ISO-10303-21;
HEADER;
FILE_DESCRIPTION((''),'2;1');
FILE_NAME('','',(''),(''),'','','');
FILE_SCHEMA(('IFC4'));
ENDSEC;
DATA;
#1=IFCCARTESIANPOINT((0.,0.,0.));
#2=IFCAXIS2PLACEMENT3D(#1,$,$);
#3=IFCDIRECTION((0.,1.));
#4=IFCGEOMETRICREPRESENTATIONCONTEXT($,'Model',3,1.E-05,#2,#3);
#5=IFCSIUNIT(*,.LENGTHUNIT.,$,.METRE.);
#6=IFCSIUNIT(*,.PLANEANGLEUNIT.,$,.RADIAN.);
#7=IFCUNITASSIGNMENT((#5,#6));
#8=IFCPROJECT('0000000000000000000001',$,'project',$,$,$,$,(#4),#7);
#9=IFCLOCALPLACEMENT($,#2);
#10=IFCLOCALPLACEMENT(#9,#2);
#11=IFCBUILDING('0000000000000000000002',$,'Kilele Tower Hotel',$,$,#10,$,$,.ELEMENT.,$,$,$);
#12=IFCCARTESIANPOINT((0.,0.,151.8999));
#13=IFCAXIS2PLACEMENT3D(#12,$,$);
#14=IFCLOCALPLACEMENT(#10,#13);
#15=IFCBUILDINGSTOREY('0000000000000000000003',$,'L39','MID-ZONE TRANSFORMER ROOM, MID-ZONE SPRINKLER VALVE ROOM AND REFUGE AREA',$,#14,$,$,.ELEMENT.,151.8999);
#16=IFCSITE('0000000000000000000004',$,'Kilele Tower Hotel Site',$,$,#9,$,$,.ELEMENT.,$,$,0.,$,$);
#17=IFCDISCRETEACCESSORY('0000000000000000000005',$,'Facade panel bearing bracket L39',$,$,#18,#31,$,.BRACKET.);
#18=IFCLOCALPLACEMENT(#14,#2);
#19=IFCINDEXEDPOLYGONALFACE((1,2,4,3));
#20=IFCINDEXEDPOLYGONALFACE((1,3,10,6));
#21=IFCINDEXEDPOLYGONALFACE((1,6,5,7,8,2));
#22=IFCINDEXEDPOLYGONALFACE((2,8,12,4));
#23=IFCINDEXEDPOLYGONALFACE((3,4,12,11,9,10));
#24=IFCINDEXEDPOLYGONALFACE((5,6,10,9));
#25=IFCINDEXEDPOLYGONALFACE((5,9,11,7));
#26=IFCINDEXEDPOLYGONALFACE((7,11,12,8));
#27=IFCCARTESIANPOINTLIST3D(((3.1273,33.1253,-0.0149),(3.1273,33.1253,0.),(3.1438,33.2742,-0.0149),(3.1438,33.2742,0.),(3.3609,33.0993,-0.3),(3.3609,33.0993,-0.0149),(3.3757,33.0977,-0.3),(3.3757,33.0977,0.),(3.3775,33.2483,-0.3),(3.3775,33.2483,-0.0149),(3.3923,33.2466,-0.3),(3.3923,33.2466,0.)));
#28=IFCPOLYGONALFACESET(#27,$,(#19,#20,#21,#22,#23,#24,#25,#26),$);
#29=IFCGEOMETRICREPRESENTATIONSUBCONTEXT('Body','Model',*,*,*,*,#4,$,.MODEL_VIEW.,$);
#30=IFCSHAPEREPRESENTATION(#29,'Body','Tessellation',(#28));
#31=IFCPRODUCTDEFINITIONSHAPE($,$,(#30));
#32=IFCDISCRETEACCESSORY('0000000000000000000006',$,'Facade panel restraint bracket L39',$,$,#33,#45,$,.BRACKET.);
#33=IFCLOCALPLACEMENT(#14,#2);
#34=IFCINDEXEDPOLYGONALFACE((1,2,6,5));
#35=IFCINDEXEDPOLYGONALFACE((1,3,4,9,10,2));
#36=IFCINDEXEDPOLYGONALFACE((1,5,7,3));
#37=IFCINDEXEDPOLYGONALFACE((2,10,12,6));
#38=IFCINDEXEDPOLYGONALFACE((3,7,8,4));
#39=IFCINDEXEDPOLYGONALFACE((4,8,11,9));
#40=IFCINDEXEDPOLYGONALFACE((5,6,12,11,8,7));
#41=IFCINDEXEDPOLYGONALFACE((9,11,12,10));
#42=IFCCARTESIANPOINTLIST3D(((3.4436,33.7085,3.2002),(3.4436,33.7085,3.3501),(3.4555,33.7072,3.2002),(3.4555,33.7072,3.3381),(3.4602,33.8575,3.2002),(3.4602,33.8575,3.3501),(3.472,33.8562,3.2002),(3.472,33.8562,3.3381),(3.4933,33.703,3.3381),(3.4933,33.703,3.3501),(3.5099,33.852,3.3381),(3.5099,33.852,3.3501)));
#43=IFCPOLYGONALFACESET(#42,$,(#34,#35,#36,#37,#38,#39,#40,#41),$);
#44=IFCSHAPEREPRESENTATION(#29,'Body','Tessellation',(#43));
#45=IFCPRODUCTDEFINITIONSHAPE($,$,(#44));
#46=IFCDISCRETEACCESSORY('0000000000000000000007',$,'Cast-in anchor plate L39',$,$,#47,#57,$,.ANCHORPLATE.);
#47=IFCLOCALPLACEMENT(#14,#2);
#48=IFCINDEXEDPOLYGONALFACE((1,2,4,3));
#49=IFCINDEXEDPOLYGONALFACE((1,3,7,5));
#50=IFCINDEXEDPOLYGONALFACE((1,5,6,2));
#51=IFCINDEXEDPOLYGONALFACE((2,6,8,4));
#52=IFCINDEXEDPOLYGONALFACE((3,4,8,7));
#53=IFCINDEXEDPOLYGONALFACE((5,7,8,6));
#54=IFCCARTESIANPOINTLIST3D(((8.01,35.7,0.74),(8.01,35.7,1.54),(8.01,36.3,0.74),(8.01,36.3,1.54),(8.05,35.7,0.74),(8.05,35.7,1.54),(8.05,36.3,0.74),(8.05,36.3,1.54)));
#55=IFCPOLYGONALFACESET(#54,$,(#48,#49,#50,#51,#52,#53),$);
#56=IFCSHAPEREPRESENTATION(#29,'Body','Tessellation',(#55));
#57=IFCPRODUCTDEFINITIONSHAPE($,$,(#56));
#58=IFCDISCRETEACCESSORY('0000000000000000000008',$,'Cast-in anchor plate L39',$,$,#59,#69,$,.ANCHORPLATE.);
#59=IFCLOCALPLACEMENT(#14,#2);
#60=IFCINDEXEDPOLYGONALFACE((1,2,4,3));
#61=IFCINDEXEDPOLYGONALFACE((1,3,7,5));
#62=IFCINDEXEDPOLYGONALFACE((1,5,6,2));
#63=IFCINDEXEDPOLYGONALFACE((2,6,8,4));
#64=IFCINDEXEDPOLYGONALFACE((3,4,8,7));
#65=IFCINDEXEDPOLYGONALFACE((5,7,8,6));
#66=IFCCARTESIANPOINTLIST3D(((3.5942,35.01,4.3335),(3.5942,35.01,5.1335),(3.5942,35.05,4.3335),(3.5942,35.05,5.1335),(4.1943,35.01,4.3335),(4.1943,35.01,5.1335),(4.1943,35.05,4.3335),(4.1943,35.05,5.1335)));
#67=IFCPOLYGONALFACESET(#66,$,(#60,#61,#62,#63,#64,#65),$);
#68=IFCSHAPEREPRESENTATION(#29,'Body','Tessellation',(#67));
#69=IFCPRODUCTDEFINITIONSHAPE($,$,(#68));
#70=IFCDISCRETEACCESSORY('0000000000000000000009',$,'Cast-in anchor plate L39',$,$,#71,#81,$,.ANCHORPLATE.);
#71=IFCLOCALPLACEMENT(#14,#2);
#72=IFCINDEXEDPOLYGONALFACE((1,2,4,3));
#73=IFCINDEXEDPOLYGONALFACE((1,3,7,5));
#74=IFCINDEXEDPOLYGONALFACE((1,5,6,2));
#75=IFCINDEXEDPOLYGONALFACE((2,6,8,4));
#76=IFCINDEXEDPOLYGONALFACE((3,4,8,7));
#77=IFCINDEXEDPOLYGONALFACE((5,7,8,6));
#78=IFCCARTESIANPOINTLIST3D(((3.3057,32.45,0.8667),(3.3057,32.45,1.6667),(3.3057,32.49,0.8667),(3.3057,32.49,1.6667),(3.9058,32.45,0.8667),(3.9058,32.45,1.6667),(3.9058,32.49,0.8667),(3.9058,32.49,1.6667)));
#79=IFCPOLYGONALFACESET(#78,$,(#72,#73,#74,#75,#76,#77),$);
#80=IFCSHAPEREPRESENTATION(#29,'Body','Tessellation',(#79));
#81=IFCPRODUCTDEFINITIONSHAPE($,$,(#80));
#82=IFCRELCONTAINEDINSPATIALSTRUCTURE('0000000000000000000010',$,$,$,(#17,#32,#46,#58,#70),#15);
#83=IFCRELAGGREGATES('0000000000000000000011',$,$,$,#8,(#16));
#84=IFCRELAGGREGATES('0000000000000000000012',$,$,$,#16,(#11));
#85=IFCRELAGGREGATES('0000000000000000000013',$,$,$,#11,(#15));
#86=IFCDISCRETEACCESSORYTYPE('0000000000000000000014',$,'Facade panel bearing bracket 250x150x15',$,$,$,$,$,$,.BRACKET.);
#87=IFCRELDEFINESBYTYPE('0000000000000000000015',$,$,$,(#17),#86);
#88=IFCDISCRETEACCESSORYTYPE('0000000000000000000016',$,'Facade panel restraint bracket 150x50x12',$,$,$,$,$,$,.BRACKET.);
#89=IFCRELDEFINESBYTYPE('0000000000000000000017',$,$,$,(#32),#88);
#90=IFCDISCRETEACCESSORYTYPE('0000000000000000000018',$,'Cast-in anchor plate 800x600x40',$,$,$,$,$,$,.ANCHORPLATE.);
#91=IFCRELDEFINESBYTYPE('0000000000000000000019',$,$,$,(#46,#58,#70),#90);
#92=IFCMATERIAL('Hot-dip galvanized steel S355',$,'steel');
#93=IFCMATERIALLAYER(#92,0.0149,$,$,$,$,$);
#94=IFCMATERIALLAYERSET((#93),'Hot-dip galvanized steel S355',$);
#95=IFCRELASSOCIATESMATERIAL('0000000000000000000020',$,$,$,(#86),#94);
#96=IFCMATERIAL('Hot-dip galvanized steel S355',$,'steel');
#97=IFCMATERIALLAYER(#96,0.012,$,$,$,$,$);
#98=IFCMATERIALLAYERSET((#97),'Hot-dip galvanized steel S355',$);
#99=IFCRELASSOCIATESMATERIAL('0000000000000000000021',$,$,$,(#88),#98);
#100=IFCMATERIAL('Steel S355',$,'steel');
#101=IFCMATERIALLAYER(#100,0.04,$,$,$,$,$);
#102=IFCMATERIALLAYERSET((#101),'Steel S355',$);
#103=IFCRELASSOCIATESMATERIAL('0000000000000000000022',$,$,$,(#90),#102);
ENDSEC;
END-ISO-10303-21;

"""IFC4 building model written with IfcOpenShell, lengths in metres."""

from ifc_helpers import new_model, si_unit, direction, frame, origin, place, context, subcontext, project, spatial, polyline, outline, extrude, source, transform, mapped, material, layer, layer_set, type_object, element, save


model = new_model("IFC4")

# Units and contexts
model_context = context("Model", 3, precision=1e-05, world=origin(), true_north=direction((0.0, 1.0)))
body_context = subcontext(model_context, "Body", "Model", "MODEL_VIEW")
ifc_project = project(units=[si_unit("LENGTHUNIT", "METRE"), si_unit("PLANEANGLEUNIT", "RADIAN")], contexts=[model_context])

# Site, building, storey
site_placement = place(None, origin())
site = spatial("IfcSite", under=ifc_project, at=site_placement, Name="Kilele Tower Hotel Site", CompositionType="ELEMENT", RefElevation=0.0)
building_placement = place(site_placement, origin())
building = spatial("IfcBuilding", under=site, at=building_placement, Name="Kilele Tower Hotel", CompositionType="ELEMENT")
storey_placement = place(building_placement, frame((0.0, 0.0, 151.8999)))
storey = spatial("IfcBuildingStorey", under=building, at=storey_placement, Name="L39", Description="MID-ZONE TRANSFORMER ROOM, MID-ZONE SPRINKLER VALVE ROOM AND REFUGE AREA", CompositionType="ELEMENT", Elevation=151.8999)

# Discrete accessories
ifc_material_1 = material(Name="Hot-dip galvanized steel S355", Category="steel")
ifc_layer_1 = layer(ifc_material_1, 0.0149)
ifc_layer_set_1 = layer_set([ifc_layer_1], Name="Hot-dip galvanized steel S355")
discrete_accessory_type_1 = type_object("IfcDiscreteAccessoryType", Name="Facade panel bearing bracket 250x150x15", PredefinedType="BRACKET", material=ifc_layer_set_1)
shared_shape_1 = source(origin(), body_context, "Body", "SweptSolid", [
    extrude(outline(polyline([(0.0, 0.0), (0.25, 0.0), (0.25, -0.0149), (0.0149, -0.0149), (0.0149, -0.3), (0.0, -0.3), (0.0, 0.0)])), origin(), (0.0, 0.0, 1.0), 0.1499),
])
for number, where, z_axis, x_axis, name in (
    (1, (3.3757, 33.0977, 0.0), (0.110432, 0.993884, 0.0), (-0.993884, 0.110432, 0.0), "Facade panel bearing bracket L39"),
):
    element("IfcDiscreteAccessory", number, at=place(storey_placement, frame(where, z_axis=z_axis, x_axis=x_axis)), inside=storey, type_object=discrete_accessory_type_1, Name=name, PredefinedType="BRACKET", context=body_context, shape_type="MappedRepresentation", body=[
        mapped(shared_shape_1, transform((0.0, 0.0, 0.0))),
    ])
ifc_material_2 = material(Name="Hot-dip galvanized steel S355", Category="steel")
ifc_layer_2 = layer(ifc_material_2, 0.012)
ifc_layer_set_2 = layer_set([ifc_layer_2], Name="Hot-dip galvanized steel S355")
discrete_accessory_type_2 = type_object("IfcDiscreteAccessoryType", Name="Facade panel restraint bracket 150x50x12", PredefinedType="BRACKET", material=ifc_layer_set_2)
shared_shape_2 = source(origin(), body_context, "Body", "SweptSolid", [
    extrude(outline(polyline([(0.0, 0.0), (0.0, -0.1499), (-0.012, -0.1499), (-0.012, -0.012), (-0.05, -0.012), (-0.05, 0.0), (0.0, 0.0)])), origin(), (0.0, 0.0, 1.0), 0.1499),
])
discrete_accessory_placement = place(storey_placement, frame((3.4436, 33.7085, 3.3501), z_axis=(0.110432, 0.993884, 0.0), x_axis=(-0.993884, 0.110432, 0.0)))
element("IfcDiscreteAccessory", 2, at=discrete_accessory_placement, inside=storey, type_object=discrete_accessory_type_2, Name="Facade panel restraint bracket L39", PredefinedType="BRACKET", context=body_context, shape_type="MappedRepresentation", body=[
    mapped(shared_shape_2, transform((0.0, 0.0, 0.0))),
])
ifc_material_3 = material(Name="Steel S355", Category="steel")
ifc_layer_3 = layer(ifc_material_3, 0.04)
ifc_layer_set_3 = layer_set([ifc_layer_3], Name="Steel S355")
discrete_accessory_type_3 = type_object("IfcDiscreteAccessoryType", Name="Cast-in anchor plate 800x600x40", PredefinedType="ANCHORPLATE", material=ifc_layer_set_3)
shared_shape_3 = source(origin(), body_context, "Body", "SweptSolid", [
    extrude(outline(polyline([(0.0, 0.0), (0.04, 0.0), (0.04, 0.8), (0.0, 0.8), (0.0, 0.0)])), origin(), (0.0, 0.0, 1.0), 0.6001),
])
for number, where, z_axis, x_axis, name in (
    (3, (8.05, 35.7, 0.74), (0.0, 1.0, 0.0), (-1.0, 0.0, 0.0), "Cast-in anchor plate L39"),
    (4, (4.1943, 35.05, 4.3335), (-1.0, 0.0, 0.0), (0.0, -1.0, 0.0), "Cast-in anchor plate L39"),
    (5, (3.3057, 32.45, 0.8667), (1.0, 0.0, 0.0), (0.0, 1.0, 0.0), "Cast-in anchor plate L39"),
):
    element("IfcDiscreteAccessory", number, at=place(storey_placement, frame(where, z_axis=z_axis, x_axis=x_axis)), inside=storey, type_object=discrete_accessory_type_3, Name=name, PredefinedType="ANCHORPLATE", context=body_context, shape_type="MappedRepresentation", body=[
        mapped(shared_shape_3, transform((0.0, 0.0, 0.0))),
    ])

save(model, "model.ifc")
